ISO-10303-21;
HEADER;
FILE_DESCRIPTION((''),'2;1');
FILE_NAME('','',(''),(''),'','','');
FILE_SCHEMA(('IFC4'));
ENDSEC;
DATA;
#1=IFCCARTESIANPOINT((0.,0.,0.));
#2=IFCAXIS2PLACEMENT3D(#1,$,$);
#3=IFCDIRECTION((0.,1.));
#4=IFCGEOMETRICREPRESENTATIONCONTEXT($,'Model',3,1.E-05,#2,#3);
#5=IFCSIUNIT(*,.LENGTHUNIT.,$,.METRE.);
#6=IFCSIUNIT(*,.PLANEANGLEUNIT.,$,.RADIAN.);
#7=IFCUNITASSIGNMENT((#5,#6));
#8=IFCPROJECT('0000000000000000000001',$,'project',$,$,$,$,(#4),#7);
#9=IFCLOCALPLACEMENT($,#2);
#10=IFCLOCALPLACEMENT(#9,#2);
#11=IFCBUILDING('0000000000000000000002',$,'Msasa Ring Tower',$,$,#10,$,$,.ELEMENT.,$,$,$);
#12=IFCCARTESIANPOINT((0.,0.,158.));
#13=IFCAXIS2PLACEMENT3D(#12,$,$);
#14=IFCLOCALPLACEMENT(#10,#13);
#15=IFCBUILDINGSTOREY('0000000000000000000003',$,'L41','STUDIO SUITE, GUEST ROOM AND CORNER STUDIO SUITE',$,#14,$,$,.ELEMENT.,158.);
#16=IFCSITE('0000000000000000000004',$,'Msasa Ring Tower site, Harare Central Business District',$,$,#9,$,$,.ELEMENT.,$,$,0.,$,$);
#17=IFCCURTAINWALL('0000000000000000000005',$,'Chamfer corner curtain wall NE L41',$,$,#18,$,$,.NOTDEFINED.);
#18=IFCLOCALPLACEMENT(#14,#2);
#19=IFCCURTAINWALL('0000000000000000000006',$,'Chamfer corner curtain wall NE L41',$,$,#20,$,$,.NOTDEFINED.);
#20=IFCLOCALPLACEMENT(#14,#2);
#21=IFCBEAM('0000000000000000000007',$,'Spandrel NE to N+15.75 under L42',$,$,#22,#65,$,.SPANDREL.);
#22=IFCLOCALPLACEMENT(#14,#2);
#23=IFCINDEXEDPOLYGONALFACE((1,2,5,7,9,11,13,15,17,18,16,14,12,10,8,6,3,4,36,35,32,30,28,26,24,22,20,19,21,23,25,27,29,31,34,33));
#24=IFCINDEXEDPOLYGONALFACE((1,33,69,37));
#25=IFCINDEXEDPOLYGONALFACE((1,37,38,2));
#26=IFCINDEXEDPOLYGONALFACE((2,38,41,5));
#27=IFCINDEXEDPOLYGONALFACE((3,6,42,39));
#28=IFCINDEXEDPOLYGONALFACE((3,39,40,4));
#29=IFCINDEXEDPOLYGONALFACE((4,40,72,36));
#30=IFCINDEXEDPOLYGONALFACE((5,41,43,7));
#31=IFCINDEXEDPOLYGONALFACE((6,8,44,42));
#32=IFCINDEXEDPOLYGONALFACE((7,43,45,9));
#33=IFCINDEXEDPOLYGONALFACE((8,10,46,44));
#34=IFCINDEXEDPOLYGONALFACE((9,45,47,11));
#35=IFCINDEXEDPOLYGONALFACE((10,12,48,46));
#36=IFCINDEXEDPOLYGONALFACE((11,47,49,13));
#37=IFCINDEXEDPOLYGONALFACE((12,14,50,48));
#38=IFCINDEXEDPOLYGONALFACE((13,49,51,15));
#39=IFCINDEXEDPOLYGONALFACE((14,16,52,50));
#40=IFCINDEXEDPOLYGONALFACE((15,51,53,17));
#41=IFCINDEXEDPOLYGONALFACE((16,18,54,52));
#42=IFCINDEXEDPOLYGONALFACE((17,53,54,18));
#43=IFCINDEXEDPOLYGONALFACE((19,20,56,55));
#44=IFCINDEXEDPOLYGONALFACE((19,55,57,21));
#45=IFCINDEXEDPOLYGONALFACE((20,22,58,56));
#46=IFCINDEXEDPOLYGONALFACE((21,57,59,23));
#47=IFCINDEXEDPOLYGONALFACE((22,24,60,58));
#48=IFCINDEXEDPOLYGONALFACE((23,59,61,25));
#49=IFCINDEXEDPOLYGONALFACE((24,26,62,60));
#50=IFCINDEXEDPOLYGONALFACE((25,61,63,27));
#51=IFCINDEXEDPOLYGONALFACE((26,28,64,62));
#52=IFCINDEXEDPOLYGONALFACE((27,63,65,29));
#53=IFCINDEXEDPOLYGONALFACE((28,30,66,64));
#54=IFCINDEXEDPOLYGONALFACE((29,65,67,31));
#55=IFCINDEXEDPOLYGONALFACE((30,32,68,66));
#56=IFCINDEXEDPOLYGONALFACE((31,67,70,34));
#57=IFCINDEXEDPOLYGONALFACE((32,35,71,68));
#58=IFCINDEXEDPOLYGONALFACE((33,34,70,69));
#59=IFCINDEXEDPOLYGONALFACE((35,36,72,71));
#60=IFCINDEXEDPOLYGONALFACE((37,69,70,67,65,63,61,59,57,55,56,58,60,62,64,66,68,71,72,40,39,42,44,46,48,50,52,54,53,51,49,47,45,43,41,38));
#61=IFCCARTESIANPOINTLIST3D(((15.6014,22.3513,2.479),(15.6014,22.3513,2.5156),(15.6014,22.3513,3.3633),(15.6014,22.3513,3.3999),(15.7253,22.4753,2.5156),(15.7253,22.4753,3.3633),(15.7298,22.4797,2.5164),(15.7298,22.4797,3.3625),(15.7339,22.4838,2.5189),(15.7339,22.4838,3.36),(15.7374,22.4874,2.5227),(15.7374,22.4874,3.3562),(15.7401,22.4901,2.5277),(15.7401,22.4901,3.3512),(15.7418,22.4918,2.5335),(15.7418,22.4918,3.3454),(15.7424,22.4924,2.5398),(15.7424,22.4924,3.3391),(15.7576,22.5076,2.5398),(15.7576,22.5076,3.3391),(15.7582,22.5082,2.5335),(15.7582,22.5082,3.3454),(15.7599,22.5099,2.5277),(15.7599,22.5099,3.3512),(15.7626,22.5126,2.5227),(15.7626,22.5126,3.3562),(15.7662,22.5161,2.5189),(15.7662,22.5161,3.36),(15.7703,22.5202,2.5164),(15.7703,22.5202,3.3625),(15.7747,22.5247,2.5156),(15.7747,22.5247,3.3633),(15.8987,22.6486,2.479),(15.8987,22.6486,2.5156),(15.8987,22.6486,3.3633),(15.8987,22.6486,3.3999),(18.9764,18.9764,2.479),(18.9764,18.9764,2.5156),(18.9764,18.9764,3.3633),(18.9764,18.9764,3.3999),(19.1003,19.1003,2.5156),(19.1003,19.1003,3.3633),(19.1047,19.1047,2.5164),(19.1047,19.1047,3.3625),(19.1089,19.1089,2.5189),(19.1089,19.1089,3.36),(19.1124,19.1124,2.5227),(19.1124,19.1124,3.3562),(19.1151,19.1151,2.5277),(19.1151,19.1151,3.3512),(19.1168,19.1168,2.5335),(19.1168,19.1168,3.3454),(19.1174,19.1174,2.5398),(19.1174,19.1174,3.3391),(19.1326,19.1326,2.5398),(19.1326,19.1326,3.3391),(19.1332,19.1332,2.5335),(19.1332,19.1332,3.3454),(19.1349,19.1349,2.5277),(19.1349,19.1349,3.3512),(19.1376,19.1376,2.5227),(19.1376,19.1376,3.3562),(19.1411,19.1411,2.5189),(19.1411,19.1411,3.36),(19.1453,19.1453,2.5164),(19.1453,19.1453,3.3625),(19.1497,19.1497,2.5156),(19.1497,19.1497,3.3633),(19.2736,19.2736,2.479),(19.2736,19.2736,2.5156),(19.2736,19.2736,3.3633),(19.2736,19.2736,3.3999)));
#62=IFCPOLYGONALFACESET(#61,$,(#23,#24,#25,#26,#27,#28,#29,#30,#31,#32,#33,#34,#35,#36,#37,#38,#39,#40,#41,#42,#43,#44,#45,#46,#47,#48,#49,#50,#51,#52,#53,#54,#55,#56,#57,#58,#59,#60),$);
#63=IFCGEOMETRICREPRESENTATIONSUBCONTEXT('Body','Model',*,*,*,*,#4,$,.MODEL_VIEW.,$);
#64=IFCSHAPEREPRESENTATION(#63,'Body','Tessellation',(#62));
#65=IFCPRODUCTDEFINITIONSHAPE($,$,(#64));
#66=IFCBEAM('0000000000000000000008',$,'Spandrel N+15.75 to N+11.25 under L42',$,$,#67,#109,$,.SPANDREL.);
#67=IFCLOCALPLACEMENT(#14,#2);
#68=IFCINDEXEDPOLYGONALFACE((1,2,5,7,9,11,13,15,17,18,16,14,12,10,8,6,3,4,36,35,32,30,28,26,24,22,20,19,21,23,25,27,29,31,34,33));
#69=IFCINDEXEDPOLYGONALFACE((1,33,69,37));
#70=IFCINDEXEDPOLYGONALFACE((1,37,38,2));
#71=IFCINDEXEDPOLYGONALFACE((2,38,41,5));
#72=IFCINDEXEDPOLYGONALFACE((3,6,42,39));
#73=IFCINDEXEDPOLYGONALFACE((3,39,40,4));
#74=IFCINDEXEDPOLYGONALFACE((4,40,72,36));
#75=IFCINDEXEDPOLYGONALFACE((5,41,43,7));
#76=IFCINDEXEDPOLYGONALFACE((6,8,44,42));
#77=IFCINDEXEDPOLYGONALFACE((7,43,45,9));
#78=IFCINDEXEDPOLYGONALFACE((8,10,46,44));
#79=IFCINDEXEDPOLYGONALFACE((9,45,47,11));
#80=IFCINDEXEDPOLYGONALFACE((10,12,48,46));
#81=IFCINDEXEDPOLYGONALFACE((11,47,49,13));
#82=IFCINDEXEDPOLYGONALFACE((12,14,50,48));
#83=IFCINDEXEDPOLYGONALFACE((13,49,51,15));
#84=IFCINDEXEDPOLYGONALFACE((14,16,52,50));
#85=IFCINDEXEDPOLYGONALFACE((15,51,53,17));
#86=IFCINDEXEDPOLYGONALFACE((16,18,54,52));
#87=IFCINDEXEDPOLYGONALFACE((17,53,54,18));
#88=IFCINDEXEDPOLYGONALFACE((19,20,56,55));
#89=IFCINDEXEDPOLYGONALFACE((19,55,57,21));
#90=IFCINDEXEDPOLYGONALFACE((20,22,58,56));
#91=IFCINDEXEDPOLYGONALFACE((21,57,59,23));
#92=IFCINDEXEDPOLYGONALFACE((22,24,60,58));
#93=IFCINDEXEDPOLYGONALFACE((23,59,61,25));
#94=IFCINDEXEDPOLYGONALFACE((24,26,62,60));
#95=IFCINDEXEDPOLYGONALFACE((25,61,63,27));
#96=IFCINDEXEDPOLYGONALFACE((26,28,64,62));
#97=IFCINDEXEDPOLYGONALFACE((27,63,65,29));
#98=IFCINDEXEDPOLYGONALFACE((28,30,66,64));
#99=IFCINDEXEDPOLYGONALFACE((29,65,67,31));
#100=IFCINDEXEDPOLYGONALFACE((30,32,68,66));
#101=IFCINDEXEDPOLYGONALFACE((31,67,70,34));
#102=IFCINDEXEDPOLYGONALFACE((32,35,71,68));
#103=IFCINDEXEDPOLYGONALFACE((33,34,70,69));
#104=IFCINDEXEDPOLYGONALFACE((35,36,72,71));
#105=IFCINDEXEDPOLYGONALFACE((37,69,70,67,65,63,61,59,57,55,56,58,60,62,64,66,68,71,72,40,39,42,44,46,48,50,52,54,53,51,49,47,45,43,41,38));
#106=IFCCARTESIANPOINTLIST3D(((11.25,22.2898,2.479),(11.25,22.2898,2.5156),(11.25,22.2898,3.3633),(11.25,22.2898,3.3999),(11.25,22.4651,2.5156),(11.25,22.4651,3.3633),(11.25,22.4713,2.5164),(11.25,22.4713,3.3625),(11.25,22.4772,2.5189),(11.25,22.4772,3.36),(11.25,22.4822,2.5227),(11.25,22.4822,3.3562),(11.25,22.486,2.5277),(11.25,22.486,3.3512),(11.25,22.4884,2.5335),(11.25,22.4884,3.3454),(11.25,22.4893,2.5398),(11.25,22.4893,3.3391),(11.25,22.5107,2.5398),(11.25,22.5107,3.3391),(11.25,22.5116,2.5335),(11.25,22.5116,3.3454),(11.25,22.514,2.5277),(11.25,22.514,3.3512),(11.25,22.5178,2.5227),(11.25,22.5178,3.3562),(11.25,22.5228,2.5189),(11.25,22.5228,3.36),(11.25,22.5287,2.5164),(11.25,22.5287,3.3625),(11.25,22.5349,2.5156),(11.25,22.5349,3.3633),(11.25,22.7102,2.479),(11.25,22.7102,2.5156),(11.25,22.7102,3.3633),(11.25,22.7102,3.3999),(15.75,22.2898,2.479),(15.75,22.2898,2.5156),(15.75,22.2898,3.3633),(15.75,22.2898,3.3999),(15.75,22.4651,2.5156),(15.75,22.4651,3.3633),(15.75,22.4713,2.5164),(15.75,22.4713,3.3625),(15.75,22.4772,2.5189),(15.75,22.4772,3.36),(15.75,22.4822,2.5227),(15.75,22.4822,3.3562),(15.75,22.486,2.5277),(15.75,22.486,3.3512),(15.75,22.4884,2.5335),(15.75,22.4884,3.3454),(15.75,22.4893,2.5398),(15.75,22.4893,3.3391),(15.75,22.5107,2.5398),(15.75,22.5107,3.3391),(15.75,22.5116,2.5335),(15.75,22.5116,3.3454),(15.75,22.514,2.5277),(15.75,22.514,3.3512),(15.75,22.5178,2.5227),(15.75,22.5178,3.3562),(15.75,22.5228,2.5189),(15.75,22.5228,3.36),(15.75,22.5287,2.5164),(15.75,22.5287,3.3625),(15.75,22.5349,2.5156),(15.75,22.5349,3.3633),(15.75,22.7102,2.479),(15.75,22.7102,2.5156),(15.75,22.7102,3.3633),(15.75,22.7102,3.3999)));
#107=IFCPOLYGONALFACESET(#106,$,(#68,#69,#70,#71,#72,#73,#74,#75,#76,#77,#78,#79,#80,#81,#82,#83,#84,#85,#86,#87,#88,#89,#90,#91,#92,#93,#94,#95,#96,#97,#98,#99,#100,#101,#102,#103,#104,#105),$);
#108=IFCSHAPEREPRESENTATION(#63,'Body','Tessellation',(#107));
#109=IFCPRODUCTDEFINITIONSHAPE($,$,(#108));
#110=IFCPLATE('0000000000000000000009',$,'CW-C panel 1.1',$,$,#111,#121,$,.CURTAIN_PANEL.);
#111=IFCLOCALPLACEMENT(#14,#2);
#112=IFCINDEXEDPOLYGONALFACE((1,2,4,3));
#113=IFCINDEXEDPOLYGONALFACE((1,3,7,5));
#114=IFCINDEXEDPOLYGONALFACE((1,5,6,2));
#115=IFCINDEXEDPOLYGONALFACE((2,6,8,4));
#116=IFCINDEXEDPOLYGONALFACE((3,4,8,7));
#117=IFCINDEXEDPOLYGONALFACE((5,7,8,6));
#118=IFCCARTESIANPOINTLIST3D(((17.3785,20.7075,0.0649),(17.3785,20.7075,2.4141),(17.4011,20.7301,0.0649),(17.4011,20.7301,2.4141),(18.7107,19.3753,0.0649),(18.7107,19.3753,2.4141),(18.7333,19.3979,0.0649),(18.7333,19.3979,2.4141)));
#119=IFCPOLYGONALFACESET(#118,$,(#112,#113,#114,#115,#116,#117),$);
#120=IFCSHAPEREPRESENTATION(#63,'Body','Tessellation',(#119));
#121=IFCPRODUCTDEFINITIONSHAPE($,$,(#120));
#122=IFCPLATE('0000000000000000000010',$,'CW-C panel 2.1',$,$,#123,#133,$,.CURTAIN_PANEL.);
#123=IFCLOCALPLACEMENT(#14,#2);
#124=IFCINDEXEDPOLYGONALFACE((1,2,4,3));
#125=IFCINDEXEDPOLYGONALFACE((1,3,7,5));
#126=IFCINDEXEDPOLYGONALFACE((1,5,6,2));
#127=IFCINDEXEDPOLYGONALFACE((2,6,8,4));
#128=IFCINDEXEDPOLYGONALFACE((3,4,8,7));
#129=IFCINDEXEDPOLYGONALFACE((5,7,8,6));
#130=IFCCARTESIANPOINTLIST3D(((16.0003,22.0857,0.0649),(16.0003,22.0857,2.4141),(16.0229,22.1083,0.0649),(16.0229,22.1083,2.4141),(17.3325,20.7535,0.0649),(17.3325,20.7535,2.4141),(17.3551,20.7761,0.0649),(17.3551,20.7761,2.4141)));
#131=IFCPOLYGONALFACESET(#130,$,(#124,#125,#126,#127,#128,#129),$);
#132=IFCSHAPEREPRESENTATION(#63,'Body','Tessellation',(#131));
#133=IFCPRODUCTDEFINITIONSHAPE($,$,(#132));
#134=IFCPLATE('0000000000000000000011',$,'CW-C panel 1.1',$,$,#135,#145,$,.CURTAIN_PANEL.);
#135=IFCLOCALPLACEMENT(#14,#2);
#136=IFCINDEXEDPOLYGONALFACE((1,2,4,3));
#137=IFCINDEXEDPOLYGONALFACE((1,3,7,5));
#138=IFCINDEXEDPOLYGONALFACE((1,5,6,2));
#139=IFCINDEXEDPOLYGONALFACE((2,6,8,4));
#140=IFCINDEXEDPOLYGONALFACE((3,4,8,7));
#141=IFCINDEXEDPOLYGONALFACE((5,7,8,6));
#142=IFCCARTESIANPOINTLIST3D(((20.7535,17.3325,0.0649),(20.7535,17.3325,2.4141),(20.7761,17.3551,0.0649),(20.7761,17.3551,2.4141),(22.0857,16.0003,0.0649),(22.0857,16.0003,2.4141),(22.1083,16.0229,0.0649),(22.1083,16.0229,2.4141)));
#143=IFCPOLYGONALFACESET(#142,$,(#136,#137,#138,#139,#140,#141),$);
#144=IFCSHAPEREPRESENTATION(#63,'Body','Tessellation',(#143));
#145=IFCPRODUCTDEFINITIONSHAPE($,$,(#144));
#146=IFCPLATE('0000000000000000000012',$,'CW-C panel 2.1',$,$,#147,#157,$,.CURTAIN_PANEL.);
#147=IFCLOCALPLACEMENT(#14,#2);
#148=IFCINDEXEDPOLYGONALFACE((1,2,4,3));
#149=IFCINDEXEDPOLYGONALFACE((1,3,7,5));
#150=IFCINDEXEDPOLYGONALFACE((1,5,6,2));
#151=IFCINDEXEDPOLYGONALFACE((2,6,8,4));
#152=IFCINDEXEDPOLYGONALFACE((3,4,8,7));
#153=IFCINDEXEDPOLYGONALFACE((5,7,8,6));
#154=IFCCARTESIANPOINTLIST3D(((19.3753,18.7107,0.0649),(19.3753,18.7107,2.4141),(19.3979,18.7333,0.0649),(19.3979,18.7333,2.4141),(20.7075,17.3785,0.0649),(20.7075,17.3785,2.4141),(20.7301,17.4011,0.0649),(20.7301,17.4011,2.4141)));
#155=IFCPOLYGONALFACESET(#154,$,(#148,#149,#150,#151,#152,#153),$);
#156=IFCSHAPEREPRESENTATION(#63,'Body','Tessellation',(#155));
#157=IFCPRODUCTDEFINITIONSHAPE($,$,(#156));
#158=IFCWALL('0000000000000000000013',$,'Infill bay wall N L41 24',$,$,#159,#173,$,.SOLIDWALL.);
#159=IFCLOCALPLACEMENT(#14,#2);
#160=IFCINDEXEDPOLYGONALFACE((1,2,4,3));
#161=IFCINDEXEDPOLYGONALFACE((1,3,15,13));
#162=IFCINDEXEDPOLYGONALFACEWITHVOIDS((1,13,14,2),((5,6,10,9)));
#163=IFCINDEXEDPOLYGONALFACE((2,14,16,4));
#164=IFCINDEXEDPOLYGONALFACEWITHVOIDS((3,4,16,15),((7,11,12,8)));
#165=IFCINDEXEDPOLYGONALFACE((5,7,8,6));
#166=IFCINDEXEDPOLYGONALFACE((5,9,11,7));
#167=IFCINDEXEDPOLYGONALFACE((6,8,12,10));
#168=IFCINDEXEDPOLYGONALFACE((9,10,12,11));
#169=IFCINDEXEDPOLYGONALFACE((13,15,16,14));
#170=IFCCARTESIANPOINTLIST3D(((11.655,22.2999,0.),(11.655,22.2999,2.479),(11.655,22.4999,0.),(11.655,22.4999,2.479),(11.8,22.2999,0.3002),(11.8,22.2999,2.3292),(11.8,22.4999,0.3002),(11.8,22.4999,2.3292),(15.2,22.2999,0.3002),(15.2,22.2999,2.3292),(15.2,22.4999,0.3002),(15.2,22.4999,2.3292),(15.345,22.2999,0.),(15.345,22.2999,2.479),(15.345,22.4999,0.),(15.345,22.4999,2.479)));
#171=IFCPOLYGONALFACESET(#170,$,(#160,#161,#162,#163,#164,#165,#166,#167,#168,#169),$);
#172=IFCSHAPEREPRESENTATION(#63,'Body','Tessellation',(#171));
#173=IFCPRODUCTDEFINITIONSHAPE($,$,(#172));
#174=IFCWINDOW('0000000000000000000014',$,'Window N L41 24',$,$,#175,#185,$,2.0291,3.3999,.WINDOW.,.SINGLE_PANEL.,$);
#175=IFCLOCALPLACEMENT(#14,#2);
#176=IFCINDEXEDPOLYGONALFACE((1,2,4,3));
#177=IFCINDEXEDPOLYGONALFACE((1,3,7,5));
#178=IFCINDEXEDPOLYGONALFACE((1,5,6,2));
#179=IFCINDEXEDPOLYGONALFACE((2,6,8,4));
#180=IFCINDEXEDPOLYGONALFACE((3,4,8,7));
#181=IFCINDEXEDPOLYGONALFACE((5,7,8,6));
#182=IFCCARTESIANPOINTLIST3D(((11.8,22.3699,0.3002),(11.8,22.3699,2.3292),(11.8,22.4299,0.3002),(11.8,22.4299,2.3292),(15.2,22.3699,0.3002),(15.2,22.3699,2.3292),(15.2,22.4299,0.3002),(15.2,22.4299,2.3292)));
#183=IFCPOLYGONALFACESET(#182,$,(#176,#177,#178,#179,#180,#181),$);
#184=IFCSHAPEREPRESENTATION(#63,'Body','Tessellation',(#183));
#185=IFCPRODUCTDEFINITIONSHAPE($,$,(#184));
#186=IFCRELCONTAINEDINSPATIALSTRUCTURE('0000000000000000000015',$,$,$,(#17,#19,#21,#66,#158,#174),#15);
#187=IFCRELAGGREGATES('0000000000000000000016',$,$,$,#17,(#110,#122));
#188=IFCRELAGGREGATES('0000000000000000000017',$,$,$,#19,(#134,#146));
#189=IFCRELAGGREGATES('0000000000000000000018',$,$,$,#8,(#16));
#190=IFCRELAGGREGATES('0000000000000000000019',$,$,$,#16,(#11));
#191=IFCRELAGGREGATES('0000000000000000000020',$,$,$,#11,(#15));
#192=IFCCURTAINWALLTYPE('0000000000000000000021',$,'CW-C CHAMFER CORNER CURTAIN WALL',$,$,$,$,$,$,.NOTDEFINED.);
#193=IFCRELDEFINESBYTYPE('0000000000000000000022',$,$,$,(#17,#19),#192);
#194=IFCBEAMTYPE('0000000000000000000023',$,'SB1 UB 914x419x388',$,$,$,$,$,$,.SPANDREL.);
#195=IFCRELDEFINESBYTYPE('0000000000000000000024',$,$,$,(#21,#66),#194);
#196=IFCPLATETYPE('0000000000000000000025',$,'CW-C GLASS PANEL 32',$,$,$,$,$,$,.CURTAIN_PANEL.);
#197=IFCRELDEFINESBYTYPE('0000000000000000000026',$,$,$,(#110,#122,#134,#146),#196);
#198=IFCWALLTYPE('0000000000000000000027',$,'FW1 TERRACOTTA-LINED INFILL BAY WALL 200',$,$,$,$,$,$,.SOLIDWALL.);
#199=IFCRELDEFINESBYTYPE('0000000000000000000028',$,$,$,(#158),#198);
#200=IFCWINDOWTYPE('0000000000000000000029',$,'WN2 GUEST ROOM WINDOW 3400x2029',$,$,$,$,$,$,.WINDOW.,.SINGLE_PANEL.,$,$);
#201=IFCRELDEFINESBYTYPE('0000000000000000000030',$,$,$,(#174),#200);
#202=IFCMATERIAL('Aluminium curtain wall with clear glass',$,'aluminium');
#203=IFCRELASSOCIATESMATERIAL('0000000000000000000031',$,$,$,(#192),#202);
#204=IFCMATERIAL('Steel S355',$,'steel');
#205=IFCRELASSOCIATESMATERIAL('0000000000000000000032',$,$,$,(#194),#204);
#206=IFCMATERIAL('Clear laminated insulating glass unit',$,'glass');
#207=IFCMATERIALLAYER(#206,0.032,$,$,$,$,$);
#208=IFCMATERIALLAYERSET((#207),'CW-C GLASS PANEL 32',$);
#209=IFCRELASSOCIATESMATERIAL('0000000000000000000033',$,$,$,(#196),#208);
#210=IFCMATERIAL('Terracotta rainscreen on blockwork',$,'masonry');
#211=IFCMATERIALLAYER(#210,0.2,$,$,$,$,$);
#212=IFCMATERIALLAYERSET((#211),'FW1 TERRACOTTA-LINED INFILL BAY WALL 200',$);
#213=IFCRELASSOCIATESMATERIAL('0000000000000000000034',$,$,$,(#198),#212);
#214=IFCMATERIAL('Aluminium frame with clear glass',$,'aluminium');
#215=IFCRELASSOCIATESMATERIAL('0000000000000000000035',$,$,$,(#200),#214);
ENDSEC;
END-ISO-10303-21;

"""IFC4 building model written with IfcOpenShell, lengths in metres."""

from ifc_helpers import new_model, si_unit, direction, frame, frame_2d, origin, origin_2d, place, context, subcontext, project, spatial, rectangle, i_section, extrude, material, layer, layer_set, material_profile, profile_set, type_object, element, fill, aggregate, save


model = new_model("IFC4")

# Units and contexts
model_context = context("Model", 3, precision=1e-05, world=origin(), true_north=direction((0.0, 1.0)))
body_context = subcontext(model_context, "Body", "Model", "MODEL_VIEW")
ifc_project = project(units=[si_unit("LENGTHUNIT", "METRE"), si_unit("PLANEANGLEUNIT", "RADIAN")], contexts=[model_context])

# Site, building, storey
site_placement = place(None, origin())
site = spatial("IfcSite", under=ifc_project, at=site_placement, Name="Msasa Ring Tower site, Harare Central Business District", CompositionType="ELEMENT", RefElevation=0.0)
building_placement = place(site_placement, origin())
building = spatial("IfcBuilding", under=site, at=building_placement, Name="Msasa Ring Tower", CompositionType="ELEMENT")
storey_placement = place(building_placement, frame((0.0, 0.0, 158.0)))
storey = spatial("IfcBuildingStorey", under=building, at=storey_placement, Name="L41", Description="STUDIO SUITE, GUEST ROOM AND CORNER STUDIO SUITE", CompositionType="ELEMENT", Elevation=158.0)

# Curtain walls
ifc_material_1 = material(Name="Aluminium curtain wall with clear glass", Category="aluminium")
curtain_wall_type = type_object("IfcCurtainWallType", Name="CW-C CHAMFER CORNER CURTAIN WALL", PredefinedType="NOTDEFINED", material=ifc_material_1)
curtain_wall_1_placement = place(storey_placement, origin())
curtain_wall_1 = element("IfcCurtainWall", 1, at=curtain_wall_1_placement, inside=storey, type_object=curtain_wall_type, Name="Chamfer corner curtain wall NE L41", PredefinedType="NOTDEFINED")
curtain_wall_2_placement = place(storey_placement, origin())
curtain_wall_2 = element("IfcCurtainWall", 2, at=curtain_wall_2_placement, inside=storey, type_object=curtain_wall_type, Name="Chamfer corner curtain wall NE L41", PredefinedType="NOTDEFINED")

# Beams
ifc_material_2 = material(Name="Steel S355", Category="steel")
ifc_material_profile_1 = material_profile(ifc_material_2, i_section(OverallWidth=0.4204, OverallDepth=0.9209, WebThickness=0.0215, FlangeThickness=0.0366, FilletRadius=0.0242, at=origin_2d()), Name="UB 914x419x388")
ifc_profile_set_1 = profile_set([ifc_material_profile_1], Name="Steel S355")
beam_type_1 = type_object("IfcBeamType", Name="SB1 UB 914x419x388", PredefinedType="SPANDREL", material=ifc_profile_set_1)
for number, where, z_axis, x_axis, name in (
    (3, (19.125, 19.125, 2.9395), (-0.707107, 0.707107, 0.0), (-0.707107, -0.707107, 0.0), "Spandrel NE to N+15.75 under L42"),
):
    element("IfcBeam", number, at=place(storey_placement, frame(where, z_axis=z_axis, x_axis=x_axis)), inside=storey, type_object=beam_type_1, Name=name, PredefinedType="SPANDREL", context=body_context, shape_type="SweptSolid", body=[
        extrude(i_section(OverallWidth=0.4204, OverallDepth=0.9209, WebThickness=0.0215, FlangeThickness=0.0366, FilletRadius=0.0242, at=origin_2d()), origin(), (0.0, 0.0, 1.0), 4.7729),
    ])
beam_placement = place(storey_placement, frame((15.75, 22.5, 2.9395), z_axis=(-1.0, 0.0, 0.0), x_axis=(0.0, -1.0, 0.0)))
element("IfcBeam", 4, at=beam_placement, inside=storey, type_object=beam_type_1, Name="Spandrel N+15.75 to N+11.25 under L42", PredefinedType="SPANDREL", context=body_context, shape_type="SweptSolid", body=[
    extrude(i_section(OverallWidth=0.4204, OverallDepth=0.9209, WebThickness=0.0215, FlangeThickness=0.0366, FilletRadius=0.0242, at=origin_2d()), origin(), (0.0, 0.0, 1.0), 4.5),
])

# Plates
ifc_material_3 = material(Name="Clear laminated insulating glass unit", Category="glass")
ifc_layer_1 = layer(ifc_material_3, 0.032)
ifc_layer_set_1 = layer_set([ifc_layer_1], Name="CW-C GLASS PANEL 32")
plate_type = type_object("IfcPlateType", Name="CW-C GLASS PANEL 32", PredefinedType="CURTAIN_PANEL", material=ifc_layer_set_1)
plate_1_placement = place(storey_placement, frame((18.0559, 20.0527, 0.0649), z_axis=(0.0, 0.0, 1.0), x_axis=(-0.707107, 0.707107, 0.0)))
plate_1 = element("IfcPlate", 5, at=plate_1_placement, type_object=plate_type, Name="CW-C panel 1.1", PredefinedType="CURTAIN_PANEL", context=body_context, shape_type="SweptSolid", body=[
    extrude(rectangle(XDim=1.884, YDim=0.032, at=origin_2d()), origin(), (0.0, 0.0, 1.0), 2.3491),
])
plate_2_placement = place(storey_placement, frame((16.6777, 21.4309, 0.0649), z_axis=(0.0, 0.0, 1.0), x_axis=(-0.707107, 0.707107, 0.0)))
plate_2 = element("IfcPlate", 6, at=plate_2_placement, type_object=plate_type, Name="CW-C panel 2.1", PredefinedType="CURTAIN_PANEL", context=body_context, shape_type="SweptSolid", body=[
    extrude(rectangle(XDim=1.884, YDim=0.032, at=origin_2d()), origin(), (0.0, 0.0, 1.0), 2.3491),
])
aggregate(curtain_wall_1, [plate_1, plate_2])
plate_3_placement = place(storey_placement, frame((21.4309, 16.6777, 0.0649), z_axis=(0.0, 0.0, 1.0), x_axis=(-0.707107, 0.707107, 0.0)))
plate_3 = element("IfcPlate", 7, at=plate_3_placement, type_object=plate_type, Name="CW-C panel 1.1", PredefinedType="CURTAIN_PANEL", context=body_context, shape_type="SweptSolid", body=[
    extrude(rectangle(XDim=1.884, YDim=0.032, at=origin_2d()), origin(), (0.0, 0.0, 1.0), 2.3491),
])
plate_4_placement = place(storey_placement, frame((20.0527, 18.0559, 0.0649), z_axis=(0.0, 0.0, 1.0), x_axis=(-0.707107, 0.707107, 0.0)))
plate_4 = element("IfcPlate", 8, at=plate_4_placement, type_object=plate_type, Name="CW-C panel 2.1", PredefinedType="CURTAIN_PANEL", context=body_context, shape_type="SweptSolid", body=[
    extrude(rectangle(XDim=1.884, YDim=0.032, at=origin_2d()), origin(), (0.0, 0.0, 1.0), 2.3491),
])
aggregate(curtain_wall_2, [plate_3, plate_4])

# Wall, opening, window
ifc_material_4 = material(Name="Terracotta rainscreen on blockwork", Category="masonry")
ifc_layer_2 = layer(ifc_material_4, 0.2)
ifc_layer_set_2 = layer_set([ifc_layer_2], Name="FW1 TERRACOTTA-LINED INFILL BAY WALL 200")
wall_type = type_object("IfcWallType", Name="FW1 TERRACOTTA-LINED INFILL BAY WALL 200", PredefinedType="SOLIDWALL", material=ifc_layer_set_2)
wall_placement = place(storey_placement, frame((11.655, 22.3999, 0.0), z_axis=(0.0, 0.0, 1.0), x_axis=(1.0, 0.0, 0.0)))
wall = element("IfcWall", 9, at=wall_placement, inside=storey, type_object=wall_type, Name="Infill bay wall N L41 24", PredefinedType="SOLIDWALL", context=body_context, shape_type="SweptSolid", body=[
    extrude(rectangle(XDim=3.6899, YDim=0.2, at=frame_2d((1.845, 0.0))), origin(), (0.0, 0.0, 1.0), 2.479),
])
opening_placement = place(wall_placement, frame((0.145, 0.0, 0.3)))
opening = element("IfcOpeningElement", 10, at=opening_placement, cuts=wall, PredefinedType="OPENING", context=body_context, shape_type="SweptSolid", body=[
    extrude(rectangle(XDim=3.3999, YDim=2.0291, at=frame_2d((1.7, 1.0146))), frame((0.0, 0.1099, 0.0), z_axis=(0.0, -1.0, 0.0), x_axis=(1.0, 0.0, 0.0)), (0.0, 0.0, 1.0), 0.22),
])
ifc_material_5 = material(Name="Aluminium frame with clear glass", Category="aluminium")
window_type = type_object("IfcWindowType", Name="WN2 GUEST ROOM WINDOW 3400x2029", PartitioningType="SINGLE_PANEL", PredefinedType="WINDOW", material=ifc_material_5)
window_placement = place(opening_placement, origin())
window = element("IfcWindow", 11, at=window_placement, inside=storey, type_object=window_type, Name="Window N L41 24", OverallHeight=2.0291, OverallWidth=3.3999, PartitioningType="SINGLE_PANEL", PredefinedType="WINDOW", context=body_context, shape_type="SweptSolid", body=[
    extrude(rectangle(XDim=3.3999, YDim=2.0291, at=frame_2d((1.7, 1.0146))), frame((0.0, 0.03, 0.0), z_axis=(0.0, -1.0, 0.0), x_axis=(1.0, 0.0, 0.0)), (0.0, 0.0, 1.0), 0.0601),
])
fill(opening, window)

save(model, "model.ifc")
